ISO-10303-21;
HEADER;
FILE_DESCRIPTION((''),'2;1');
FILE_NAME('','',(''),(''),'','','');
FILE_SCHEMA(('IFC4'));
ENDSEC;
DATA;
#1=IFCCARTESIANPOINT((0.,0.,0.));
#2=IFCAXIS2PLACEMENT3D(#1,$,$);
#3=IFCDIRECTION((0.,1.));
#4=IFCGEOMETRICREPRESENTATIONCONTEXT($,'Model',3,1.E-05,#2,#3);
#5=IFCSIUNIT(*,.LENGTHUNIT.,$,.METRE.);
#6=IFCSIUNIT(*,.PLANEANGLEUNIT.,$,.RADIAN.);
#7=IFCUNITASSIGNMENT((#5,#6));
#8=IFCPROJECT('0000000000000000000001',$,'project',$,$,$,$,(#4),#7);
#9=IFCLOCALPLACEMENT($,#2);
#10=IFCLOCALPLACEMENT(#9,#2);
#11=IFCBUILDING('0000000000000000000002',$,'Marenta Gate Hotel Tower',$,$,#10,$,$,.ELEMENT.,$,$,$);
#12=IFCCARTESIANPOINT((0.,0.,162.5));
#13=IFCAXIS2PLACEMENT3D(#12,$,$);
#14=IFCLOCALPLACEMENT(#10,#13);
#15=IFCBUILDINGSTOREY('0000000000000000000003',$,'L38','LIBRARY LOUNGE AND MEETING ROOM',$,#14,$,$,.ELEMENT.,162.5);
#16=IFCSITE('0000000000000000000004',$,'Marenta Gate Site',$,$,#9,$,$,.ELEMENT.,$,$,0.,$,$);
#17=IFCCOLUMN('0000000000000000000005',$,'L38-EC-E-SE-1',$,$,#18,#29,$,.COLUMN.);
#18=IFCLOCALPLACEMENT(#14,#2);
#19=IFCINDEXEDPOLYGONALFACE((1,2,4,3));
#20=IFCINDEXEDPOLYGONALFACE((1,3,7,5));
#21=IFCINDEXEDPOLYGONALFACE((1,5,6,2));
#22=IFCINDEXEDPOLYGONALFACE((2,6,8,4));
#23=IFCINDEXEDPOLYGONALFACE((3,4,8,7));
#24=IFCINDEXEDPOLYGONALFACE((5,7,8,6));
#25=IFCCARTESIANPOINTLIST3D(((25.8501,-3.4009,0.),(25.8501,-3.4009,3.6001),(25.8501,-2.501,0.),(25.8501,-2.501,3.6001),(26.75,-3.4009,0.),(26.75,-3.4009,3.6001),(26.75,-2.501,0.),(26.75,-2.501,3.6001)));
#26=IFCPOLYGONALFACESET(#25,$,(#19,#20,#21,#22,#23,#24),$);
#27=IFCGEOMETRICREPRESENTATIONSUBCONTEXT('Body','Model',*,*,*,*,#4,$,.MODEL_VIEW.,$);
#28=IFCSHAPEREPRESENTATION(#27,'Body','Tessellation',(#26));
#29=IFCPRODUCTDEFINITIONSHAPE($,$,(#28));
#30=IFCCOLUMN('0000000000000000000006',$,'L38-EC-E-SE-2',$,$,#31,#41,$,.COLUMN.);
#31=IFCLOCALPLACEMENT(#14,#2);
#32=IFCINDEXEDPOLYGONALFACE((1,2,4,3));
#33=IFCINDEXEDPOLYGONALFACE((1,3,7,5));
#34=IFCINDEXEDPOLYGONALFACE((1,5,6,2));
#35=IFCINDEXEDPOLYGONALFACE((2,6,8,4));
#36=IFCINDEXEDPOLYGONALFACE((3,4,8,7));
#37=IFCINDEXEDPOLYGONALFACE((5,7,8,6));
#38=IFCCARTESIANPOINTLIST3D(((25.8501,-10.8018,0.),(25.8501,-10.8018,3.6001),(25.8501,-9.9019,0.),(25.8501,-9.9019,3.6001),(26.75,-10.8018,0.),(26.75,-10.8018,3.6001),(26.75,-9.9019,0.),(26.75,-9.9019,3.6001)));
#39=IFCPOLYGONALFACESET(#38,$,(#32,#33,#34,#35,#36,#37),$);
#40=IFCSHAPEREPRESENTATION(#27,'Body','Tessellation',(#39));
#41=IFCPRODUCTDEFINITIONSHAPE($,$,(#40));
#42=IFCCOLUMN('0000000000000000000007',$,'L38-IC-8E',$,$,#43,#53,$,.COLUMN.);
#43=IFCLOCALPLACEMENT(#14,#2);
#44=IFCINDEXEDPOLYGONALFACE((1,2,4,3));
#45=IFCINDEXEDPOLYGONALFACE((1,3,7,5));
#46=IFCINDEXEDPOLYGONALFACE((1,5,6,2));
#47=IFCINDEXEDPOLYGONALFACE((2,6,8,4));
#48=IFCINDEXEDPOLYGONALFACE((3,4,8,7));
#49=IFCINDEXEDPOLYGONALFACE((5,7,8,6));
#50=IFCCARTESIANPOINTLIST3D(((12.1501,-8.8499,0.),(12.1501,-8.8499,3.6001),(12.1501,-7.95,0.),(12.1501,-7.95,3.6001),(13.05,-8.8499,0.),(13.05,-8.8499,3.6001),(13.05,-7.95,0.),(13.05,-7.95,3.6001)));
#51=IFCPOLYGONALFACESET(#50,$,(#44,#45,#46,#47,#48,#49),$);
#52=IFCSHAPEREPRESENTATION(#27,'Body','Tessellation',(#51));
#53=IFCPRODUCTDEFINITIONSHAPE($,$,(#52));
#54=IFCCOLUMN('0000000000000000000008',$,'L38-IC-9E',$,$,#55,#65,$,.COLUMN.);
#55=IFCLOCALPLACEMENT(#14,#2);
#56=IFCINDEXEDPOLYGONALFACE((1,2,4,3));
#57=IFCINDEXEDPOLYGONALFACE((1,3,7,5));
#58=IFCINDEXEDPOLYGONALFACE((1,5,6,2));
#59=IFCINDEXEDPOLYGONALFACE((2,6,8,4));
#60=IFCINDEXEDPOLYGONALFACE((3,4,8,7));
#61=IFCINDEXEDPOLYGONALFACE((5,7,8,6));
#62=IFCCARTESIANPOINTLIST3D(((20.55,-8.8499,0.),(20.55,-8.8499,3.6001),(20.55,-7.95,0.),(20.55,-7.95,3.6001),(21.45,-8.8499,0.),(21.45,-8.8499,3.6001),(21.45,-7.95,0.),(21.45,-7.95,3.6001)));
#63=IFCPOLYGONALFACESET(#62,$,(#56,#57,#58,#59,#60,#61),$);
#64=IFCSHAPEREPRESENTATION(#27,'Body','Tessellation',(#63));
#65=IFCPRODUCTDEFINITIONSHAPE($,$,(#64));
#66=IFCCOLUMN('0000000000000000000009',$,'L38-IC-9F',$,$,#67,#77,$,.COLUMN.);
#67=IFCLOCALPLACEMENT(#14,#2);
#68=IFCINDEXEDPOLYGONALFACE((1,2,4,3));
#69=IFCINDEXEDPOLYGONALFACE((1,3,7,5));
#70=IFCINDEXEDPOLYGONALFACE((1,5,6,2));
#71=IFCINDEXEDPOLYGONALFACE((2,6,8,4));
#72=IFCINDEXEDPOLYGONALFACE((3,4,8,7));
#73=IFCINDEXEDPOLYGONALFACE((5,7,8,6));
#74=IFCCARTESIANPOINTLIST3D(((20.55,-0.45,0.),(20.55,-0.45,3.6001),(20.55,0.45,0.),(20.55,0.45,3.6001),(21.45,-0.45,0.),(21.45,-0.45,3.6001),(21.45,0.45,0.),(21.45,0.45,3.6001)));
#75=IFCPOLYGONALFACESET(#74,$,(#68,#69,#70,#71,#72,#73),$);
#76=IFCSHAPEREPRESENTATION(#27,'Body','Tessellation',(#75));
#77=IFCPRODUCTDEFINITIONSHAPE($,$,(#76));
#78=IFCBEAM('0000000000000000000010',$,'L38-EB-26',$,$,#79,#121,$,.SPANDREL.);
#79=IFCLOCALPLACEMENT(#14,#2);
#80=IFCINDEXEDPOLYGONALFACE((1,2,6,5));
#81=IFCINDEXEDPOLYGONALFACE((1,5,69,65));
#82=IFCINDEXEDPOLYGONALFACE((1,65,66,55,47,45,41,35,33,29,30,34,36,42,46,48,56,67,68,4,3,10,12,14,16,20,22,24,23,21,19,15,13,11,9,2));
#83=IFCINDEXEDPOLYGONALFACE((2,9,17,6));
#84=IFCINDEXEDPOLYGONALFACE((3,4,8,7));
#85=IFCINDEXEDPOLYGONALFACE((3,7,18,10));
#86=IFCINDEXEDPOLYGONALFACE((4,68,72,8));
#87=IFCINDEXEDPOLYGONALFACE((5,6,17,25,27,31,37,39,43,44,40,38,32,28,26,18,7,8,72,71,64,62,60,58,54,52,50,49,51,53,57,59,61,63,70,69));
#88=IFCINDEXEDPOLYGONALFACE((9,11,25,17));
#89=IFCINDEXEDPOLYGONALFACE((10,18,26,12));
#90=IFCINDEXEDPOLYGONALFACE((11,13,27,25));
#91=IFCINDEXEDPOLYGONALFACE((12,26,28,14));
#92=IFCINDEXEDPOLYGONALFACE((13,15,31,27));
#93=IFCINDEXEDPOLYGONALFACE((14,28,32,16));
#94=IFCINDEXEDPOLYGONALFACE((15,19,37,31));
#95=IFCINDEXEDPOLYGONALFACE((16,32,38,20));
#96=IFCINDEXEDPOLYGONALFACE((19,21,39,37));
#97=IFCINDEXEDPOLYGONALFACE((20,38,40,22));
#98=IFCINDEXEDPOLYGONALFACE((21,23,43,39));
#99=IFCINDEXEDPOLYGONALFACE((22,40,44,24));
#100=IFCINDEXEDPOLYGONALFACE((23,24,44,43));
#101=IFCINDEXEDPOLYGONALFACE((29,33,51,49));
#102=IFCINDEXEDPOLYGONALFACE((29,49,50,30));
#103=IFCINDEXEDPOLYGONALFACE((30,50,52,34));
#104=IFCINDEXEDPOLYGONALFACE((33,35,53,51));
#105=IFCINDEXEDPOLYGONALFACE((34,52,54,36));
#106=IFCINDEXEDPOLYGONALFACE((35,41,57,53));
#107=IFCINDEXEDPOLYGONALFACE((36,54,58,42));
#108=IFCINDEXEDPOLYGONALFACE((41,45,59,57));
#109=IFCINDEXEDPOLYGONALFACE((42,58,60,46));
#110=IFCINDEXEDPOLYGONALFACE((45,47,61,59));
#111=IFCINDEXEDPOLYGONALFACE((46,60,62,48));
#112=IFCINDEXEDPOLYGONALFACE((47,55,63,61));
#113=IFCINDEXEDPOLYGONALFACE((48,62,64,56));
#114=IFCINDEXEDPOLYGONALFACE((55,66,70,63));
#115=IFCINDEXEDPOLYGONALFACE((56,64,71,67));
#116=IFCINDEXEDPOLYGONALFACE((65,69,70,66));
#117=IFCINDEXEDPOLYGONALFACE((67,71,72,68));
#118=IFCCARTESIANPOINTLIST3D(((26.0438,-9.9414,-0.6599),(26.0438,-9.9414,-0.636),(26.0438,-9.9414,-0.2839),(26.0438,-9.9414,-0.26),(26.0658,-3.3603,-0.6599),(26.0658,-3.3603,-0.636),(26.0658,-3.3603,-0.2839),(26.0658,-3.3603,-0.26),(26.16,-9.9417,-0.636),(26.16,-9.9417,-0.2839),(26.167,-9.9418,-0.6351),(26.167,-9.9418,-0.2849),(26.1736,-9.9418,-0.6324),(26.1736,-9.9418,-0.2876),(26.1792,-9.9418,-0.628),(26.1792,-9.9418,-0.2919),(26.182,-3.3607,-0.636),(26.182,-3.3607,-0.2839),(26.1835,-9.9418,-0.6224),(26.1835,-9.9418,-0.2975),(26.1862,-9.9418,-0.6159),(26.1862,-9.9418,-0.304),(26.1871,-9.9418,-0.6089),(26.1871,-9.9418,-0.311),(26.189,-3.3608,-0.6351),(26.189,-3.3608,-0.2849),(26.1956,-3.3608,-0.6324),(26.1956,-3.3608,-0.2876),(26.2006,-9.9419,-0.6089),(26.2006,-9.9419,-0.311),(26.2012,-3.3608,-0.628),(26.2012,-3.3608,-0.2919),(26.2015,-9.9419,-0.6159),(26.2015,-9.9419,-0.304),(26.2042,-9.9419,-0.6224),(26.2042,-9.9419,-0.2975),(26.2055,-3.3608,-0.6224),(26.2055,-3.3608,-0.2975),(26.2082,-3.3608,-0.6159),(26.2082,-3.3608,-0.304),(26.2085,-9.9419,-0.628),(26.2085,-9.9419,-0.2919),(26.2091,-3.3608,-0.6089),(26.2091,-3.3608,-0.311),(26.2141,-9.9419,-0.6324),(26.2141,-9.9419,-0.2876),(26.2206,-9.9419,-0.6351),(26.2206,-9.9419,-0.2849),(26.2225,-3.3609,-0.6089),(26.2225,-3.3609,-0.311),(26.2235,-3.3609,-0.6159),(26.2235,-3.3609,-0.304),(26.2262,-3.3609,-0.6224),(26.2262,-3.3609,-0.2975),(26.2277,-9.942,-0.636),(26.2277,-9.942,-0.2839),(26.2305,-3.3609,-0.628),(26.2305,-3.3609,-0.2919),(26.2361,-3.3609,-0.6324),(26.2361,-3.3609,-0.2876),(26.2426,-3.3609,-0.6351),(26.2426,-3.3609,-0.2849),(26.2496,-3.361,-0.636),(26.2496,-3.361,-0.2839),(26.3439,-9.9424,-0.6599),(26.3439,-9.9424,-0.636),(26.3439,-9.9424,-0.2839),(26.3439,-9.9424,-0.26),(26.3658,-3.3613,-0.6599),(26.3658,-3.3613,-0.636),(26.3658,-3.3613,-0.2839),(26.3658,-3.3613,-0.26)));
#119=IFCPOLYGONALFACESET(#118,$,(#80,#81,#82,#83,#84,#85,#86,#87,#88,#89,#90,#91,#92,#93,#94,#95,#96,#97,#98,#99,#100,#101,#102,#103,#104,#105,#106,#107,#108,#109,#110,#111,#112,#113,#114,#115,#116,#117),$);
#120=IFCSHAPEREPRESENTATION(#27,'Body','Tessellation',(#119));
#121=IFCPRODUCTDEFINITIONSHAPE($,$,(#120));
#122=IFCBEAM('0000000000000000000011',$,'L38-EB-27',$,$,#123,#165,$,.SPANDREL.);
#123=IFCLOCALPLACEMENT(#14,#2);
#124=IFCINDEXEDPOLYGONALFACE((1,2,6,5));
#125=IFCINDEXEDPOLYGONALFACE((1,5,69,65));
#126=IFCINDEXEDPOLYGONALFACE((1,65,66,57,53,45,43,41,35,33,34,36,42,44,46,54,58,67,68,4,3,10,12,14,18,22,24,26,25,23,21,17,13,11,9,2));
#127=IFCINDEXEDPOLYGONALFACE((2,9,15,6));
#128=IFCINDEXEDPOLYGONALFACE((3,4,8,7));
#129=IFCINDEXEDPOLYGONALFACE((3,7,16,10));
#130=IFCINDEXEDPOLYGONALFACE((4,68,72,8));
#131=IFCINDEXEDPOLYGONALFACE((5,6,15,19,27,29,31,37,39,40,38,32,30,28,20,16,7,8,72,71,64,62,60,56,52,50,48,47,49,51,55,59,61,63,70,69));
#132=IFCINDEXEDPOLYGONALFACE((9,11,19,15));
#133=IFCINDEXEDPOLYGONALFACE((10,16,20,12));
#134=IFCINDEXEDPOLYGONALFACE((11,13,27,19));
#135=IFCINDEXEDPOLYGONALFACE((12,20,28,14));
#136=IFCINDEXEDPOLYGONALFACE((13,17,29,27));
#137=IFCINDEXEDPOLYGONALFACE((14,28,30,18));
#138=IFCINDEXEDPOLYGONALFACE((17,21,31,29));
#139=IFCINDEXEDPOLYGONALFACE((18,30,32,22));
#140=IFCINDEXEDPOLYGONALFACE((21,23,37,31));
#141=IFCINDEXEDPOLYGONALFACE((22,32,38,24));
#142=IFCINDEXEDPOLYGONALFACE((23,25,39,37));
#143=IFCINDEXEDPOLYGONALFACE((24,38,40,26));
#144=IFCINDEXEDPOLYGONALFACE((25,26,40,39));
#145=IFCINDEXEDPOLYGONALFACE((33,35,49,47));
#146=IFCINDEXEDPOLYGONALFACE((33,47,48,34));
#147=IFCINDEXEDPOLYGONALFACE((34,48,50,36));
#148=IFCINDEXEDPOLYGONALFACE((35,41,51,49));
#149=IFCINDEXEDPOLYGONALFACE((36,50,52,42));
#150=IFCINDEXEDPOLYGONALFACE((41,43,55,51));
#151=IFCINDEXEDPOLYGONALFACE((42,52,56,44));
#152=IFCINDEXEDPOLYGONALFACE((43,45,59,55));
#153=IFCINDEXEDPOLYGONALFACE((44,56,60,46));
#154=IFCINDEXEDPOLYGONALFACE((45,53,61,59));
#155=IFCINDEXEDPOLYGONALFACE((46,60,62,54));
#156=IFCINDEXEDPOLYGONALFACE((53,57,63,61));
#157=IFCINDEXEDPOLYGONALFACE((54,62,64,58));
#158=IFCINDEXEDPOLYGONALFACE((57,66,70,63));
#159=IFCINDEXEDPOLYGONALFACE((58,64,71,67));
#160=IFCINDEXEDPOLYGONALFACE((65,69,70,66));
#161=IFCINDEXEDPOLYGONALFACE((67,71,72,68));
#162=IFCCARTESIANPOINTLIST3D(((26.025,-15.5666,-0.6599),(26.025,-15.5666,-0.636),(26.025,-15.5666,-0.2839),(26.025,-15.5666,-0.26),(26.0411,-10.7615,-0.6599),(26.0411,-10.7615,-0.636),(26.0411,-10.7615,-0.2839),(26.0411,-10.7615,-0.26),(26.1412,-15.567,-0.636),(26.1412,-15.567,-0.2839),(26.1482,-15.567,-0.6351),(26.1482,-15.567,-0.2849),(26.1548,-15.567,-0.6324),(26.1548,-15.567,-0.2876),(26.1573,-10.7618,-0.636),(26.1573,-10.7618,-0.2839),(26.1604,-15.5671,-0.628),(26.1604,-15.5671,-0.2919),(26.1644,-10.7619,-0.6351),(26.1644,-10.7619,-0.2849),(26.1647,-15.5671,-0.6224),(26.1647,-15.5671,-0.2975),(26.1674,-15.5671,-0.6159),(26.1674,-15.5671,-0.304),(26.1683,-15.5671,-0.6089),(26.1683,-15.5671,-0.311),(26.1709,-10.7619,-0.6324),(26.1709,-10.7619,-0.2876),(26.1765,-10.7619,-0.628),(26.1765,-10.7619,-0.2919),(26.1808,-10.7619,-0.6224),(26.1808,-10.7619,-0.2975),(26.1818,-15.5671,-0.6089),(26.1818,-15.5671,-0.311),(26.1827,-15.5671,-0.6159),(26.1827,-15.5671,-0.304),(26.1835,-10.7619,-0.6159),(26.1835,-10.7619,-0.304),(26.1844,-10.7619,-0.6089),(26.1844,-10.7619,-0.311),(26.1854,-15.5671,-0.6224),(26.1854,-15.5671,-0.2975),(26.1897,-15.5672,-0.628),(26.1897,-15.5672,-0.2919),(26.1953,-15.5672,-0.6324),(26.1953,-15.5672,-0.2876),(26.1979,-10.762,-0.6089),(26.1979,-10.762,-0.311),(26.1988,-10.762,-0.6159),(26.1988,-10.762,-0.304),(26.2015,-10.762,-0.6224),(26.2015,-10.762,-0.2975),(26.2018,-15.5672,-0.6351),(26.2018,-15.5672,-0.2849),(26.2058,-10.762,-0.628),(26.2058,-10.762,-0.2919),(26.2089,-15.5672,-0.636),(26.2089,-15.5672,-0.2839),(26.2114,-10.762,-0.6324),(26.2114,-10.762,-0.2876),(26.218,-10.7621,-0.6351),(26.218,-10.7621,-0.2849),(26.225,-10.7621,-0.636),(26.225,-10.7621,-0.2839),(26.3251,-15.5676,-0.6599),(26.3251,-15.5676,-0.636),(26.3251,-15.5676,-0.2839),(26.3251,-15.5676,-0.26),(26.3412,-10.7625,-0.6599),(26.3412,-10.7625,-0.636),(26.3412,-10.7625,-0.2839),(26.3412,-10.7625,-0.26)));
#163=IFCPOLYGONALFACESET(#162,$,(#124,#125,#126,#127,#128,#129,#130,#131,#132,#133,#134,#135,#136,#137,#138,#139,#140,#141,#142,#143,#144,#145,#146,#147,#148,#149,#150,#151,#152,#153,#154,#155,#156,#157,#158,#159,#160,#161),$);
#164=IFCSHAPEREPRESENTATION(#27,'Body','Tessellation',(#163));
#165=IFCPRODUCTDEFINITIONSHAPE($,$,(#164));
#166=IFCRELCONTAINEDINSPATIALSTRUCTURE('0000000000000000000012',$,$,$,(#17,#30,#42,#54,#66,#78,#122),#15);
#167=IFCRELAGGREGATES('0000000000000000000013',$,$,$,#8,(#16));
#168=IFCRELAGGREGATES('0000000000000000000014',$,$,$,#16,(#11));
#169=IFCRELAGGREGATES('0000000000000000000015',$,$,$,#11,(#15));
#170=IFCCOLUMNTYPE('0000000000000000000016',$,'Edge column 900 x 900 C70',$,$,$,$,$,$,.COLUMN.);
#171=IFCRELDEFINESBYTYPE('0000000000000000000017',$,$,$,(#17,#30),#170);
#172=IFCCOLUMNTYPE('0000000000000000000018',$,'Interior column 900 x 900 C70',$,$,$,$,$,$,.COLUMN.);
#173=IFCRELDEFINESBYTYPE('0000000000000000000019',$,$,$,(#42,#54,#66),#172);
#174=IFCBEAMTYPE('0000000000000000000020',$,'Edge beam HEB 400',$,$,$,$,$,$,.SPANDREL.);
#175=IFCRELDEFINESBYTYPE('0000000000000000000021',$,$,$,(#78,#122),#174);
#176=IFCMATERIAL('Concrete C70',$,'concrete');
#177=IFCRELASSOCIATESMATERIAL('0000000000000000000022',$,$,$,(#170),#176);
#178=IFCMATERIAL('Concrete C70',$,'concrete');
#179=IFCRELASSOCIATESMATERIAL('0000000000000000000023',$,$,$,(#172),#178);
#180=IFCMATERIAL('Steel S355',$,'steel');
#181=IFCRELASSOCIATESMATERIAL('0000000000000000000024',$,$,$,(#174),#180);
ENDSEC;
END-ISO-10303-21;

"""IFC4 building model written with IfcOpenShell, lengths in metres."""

from ifc_helpers import new_model, si_unit, direction, frame, origin, origin_2d, place, context, subcontext, project, spatial, rectangle, i_section, extrude, material, material_profile, profile_set, type_object, element, save


model = new_model("IFC4")

# Units and contexts
model_context = context("Model", 3, precision=1e-05, world=origin(), true_north=direction((0.0, 1.0)))
body_context = subcontext(model_context, "Body", "Model", "MODEL_VIEW")
ifc_project = project(units=[si_unit("LENGTHUNIT", "METRE"), si_unit("PLANEANGLEUNIT", "RADIAN")], contexts=[model_context])

# Site, building, storey
site_placement = place(None, origin())
site = spatial("IfcSite", under=ifc_project, at=site_placement, Name="Marenta Gate Site", CompositionType="ELEMENT", RefElevation=0.0)
building_placement = place(site_placement, origin())
building = spatial("IfcBuilding", under=site, at=building_placement, Name="Marenta Gate Hotel Tower", CompositionType="ELEMENT")
storey_placement = place(building_placement, frame((0.0, 0.0, 162.5)))
storey = spatial("IfcBuildingStorey", under=building, at=storey_placement, Name="L38", Description="LIBRARY LOUNGE AND MEETING ROOM", CompositionType="ELEMENT", Elevation=162.5)

# Columns
ifc_material_1 = material(Name="Concrete C70", Category="concrete")
ifc_material_profile_1 = material_profile(ifc_material_1, rectangle(XDim=0.8999, YDim=0.8999, at=origin_2d()), Name="900 x 900")
ifc_profile_set_1 = profile_set([ifc_material_profile_1], Name="Concrete C70")
column_type_1 = type_object("IfcColumnType", Name="Edge column 900 x 900 C70", PredefinedType="COLUMN", material=ifc_profile_set_1)
for number, where, z_axis, x_axis, name in (
    (1, (26.3, -2.9509, 0.0), (0.0, 0.0, 1.0), (1.0, 0.0, 0.0), "L38-EC-E-SE-1"),
    (2, (26.3, -10.3518, 0.0), (0.0, 0.0, 1.0), (1.0, 0.0, 0.0), "L38-EC-E-SE-2"),
):
    element("IfcColumn", number, at=place(storey_placement, frame(where, z_axis=z_axis, x_axis=x_axis)), inside=storey, type_object=column_type_1, Name=name, PredefinedType="COLUMN", context=body_context, shape_type="SweptSolid", body=[
        extrude(rectangle(XDim=0.8999, YDim=0.8999, at=origin_2d()), origin(), (0.0, 0.0, 1.0), 3.6001),
    ])
ifc_material_2 = material(Name="Concrete C70", Category="concrete")
ifc_material_profile_2 = material_profile(ifc_material_2, rectangle(XDim=0.8999, YDim=0.8999, at=origin_2d()), Name="900 x 900")
ifc_profile_set_2 = profile_set([ifc_material_profile_2], Name="Concrete C70")
column_type_2 = type_object("IfcColumnType", Name="Interior column 900 x 900 C70", PredefinedType="COLUMN", material=ifc_profile_set_2)
for number, where, z_axis, x_axis, name in (
    (3, (12.6001, -8.3999, 0.0), (0.0, 0.0, 1.0), (1.0, 0.0, 0.0), "L38-IC-8E"),
    (4, (21.0, -8.3999, 0.0), (0.0, 0.0, 1.0), (1.0, 0.0, 0.0), "L38-IC-9E"),
    (5, (21.0, 0.0, 0.0), (0.0, 0.0, 1.0), (1.0, 0.0, 0.0), "L38-IC-9F"),
):
    element("IfcColumn", number, at=place(storey_placement, frame(where, z_axis=z_axis, x_axis=x_axis)), inside=storey, type_object=column_type_2, Name=name, PredefinedType="COLUMN", context=body_context, shape_type="SweptSolid", body=[
        extrude(rectangle(XDim=0.8999, YDim=0.8999, at=origin_2d()), origin(), (0.0, 0.0, 1.0), 3.6001),
    ])

# Beams
ifc_material_3 = material(Name="Steel S355", Category="steel")
ifc_material_profile_3 = material_profile(ifc_material_3, i_section(OverallWidth=0.3, OverallDepth=0.3999, WebThickness=0.0134, FlangeThickness=0.0239, FilletRadius=0.0271, at=origin_2d()), Name="HEB 400")
ifc_profile_set_3 = profile_set([ifc_material_profile_3], Name="Steel S355")
beam_type_1 = type_object("IfcBeamType", Name="Edge beam HEB 400", PredefinedType="SPANDREL", material=ifc_profile_set_3)
beam_1_placement = place(storey_placement, frame((26.2158, -3.3608, -0.46), z_axis=(-0.003339, -0.999994, 0.0), x_axis=(0.999994, -0.003339, 0.0)))
element("IfcBeam", 6, at=beam_1_placement, inside=storey, type_object=beam_type_1, Name="L38-EB-26", PredefinedType="SPANDREL", context=body_context, shape_type="SweptSolid", body=[
    extrude(i_section(OverallWidth=0.3, OverallDepth=0.3999, WebThickness=0.0134, FlangeThickness=0.0239, FilletRadius=0.0271, at=origin_2d()), origin(), (0.0, 0.0, 1.0), 6.5811),
])
beam_2_placement = place(storey_placement, frame((26.1912, -10.762, -0.46), z_axis=(-0.003353, -0.999994, 0.0), x_axis=(0.999994, -0.003353, 0.0)))
element("IfcBeam", 7, at=beam_2_placement, inside=storey, type_object=beam_type_1, Name="L38-EB-27", PredefinedType="SPANDREL", context=body_context, shape_type="SweptSolid", body=[
    extrude(i_section(OverallWidth=0.3, OverallDepth=0.3999, WebThickness=0.0134, FlangeThickness=0.0239, FilletRadius=0.0271, at=origin_2d()), origin(), (0.0, 0.0, 1.0), 4.8052),
])

save(model, "model.ifc")
